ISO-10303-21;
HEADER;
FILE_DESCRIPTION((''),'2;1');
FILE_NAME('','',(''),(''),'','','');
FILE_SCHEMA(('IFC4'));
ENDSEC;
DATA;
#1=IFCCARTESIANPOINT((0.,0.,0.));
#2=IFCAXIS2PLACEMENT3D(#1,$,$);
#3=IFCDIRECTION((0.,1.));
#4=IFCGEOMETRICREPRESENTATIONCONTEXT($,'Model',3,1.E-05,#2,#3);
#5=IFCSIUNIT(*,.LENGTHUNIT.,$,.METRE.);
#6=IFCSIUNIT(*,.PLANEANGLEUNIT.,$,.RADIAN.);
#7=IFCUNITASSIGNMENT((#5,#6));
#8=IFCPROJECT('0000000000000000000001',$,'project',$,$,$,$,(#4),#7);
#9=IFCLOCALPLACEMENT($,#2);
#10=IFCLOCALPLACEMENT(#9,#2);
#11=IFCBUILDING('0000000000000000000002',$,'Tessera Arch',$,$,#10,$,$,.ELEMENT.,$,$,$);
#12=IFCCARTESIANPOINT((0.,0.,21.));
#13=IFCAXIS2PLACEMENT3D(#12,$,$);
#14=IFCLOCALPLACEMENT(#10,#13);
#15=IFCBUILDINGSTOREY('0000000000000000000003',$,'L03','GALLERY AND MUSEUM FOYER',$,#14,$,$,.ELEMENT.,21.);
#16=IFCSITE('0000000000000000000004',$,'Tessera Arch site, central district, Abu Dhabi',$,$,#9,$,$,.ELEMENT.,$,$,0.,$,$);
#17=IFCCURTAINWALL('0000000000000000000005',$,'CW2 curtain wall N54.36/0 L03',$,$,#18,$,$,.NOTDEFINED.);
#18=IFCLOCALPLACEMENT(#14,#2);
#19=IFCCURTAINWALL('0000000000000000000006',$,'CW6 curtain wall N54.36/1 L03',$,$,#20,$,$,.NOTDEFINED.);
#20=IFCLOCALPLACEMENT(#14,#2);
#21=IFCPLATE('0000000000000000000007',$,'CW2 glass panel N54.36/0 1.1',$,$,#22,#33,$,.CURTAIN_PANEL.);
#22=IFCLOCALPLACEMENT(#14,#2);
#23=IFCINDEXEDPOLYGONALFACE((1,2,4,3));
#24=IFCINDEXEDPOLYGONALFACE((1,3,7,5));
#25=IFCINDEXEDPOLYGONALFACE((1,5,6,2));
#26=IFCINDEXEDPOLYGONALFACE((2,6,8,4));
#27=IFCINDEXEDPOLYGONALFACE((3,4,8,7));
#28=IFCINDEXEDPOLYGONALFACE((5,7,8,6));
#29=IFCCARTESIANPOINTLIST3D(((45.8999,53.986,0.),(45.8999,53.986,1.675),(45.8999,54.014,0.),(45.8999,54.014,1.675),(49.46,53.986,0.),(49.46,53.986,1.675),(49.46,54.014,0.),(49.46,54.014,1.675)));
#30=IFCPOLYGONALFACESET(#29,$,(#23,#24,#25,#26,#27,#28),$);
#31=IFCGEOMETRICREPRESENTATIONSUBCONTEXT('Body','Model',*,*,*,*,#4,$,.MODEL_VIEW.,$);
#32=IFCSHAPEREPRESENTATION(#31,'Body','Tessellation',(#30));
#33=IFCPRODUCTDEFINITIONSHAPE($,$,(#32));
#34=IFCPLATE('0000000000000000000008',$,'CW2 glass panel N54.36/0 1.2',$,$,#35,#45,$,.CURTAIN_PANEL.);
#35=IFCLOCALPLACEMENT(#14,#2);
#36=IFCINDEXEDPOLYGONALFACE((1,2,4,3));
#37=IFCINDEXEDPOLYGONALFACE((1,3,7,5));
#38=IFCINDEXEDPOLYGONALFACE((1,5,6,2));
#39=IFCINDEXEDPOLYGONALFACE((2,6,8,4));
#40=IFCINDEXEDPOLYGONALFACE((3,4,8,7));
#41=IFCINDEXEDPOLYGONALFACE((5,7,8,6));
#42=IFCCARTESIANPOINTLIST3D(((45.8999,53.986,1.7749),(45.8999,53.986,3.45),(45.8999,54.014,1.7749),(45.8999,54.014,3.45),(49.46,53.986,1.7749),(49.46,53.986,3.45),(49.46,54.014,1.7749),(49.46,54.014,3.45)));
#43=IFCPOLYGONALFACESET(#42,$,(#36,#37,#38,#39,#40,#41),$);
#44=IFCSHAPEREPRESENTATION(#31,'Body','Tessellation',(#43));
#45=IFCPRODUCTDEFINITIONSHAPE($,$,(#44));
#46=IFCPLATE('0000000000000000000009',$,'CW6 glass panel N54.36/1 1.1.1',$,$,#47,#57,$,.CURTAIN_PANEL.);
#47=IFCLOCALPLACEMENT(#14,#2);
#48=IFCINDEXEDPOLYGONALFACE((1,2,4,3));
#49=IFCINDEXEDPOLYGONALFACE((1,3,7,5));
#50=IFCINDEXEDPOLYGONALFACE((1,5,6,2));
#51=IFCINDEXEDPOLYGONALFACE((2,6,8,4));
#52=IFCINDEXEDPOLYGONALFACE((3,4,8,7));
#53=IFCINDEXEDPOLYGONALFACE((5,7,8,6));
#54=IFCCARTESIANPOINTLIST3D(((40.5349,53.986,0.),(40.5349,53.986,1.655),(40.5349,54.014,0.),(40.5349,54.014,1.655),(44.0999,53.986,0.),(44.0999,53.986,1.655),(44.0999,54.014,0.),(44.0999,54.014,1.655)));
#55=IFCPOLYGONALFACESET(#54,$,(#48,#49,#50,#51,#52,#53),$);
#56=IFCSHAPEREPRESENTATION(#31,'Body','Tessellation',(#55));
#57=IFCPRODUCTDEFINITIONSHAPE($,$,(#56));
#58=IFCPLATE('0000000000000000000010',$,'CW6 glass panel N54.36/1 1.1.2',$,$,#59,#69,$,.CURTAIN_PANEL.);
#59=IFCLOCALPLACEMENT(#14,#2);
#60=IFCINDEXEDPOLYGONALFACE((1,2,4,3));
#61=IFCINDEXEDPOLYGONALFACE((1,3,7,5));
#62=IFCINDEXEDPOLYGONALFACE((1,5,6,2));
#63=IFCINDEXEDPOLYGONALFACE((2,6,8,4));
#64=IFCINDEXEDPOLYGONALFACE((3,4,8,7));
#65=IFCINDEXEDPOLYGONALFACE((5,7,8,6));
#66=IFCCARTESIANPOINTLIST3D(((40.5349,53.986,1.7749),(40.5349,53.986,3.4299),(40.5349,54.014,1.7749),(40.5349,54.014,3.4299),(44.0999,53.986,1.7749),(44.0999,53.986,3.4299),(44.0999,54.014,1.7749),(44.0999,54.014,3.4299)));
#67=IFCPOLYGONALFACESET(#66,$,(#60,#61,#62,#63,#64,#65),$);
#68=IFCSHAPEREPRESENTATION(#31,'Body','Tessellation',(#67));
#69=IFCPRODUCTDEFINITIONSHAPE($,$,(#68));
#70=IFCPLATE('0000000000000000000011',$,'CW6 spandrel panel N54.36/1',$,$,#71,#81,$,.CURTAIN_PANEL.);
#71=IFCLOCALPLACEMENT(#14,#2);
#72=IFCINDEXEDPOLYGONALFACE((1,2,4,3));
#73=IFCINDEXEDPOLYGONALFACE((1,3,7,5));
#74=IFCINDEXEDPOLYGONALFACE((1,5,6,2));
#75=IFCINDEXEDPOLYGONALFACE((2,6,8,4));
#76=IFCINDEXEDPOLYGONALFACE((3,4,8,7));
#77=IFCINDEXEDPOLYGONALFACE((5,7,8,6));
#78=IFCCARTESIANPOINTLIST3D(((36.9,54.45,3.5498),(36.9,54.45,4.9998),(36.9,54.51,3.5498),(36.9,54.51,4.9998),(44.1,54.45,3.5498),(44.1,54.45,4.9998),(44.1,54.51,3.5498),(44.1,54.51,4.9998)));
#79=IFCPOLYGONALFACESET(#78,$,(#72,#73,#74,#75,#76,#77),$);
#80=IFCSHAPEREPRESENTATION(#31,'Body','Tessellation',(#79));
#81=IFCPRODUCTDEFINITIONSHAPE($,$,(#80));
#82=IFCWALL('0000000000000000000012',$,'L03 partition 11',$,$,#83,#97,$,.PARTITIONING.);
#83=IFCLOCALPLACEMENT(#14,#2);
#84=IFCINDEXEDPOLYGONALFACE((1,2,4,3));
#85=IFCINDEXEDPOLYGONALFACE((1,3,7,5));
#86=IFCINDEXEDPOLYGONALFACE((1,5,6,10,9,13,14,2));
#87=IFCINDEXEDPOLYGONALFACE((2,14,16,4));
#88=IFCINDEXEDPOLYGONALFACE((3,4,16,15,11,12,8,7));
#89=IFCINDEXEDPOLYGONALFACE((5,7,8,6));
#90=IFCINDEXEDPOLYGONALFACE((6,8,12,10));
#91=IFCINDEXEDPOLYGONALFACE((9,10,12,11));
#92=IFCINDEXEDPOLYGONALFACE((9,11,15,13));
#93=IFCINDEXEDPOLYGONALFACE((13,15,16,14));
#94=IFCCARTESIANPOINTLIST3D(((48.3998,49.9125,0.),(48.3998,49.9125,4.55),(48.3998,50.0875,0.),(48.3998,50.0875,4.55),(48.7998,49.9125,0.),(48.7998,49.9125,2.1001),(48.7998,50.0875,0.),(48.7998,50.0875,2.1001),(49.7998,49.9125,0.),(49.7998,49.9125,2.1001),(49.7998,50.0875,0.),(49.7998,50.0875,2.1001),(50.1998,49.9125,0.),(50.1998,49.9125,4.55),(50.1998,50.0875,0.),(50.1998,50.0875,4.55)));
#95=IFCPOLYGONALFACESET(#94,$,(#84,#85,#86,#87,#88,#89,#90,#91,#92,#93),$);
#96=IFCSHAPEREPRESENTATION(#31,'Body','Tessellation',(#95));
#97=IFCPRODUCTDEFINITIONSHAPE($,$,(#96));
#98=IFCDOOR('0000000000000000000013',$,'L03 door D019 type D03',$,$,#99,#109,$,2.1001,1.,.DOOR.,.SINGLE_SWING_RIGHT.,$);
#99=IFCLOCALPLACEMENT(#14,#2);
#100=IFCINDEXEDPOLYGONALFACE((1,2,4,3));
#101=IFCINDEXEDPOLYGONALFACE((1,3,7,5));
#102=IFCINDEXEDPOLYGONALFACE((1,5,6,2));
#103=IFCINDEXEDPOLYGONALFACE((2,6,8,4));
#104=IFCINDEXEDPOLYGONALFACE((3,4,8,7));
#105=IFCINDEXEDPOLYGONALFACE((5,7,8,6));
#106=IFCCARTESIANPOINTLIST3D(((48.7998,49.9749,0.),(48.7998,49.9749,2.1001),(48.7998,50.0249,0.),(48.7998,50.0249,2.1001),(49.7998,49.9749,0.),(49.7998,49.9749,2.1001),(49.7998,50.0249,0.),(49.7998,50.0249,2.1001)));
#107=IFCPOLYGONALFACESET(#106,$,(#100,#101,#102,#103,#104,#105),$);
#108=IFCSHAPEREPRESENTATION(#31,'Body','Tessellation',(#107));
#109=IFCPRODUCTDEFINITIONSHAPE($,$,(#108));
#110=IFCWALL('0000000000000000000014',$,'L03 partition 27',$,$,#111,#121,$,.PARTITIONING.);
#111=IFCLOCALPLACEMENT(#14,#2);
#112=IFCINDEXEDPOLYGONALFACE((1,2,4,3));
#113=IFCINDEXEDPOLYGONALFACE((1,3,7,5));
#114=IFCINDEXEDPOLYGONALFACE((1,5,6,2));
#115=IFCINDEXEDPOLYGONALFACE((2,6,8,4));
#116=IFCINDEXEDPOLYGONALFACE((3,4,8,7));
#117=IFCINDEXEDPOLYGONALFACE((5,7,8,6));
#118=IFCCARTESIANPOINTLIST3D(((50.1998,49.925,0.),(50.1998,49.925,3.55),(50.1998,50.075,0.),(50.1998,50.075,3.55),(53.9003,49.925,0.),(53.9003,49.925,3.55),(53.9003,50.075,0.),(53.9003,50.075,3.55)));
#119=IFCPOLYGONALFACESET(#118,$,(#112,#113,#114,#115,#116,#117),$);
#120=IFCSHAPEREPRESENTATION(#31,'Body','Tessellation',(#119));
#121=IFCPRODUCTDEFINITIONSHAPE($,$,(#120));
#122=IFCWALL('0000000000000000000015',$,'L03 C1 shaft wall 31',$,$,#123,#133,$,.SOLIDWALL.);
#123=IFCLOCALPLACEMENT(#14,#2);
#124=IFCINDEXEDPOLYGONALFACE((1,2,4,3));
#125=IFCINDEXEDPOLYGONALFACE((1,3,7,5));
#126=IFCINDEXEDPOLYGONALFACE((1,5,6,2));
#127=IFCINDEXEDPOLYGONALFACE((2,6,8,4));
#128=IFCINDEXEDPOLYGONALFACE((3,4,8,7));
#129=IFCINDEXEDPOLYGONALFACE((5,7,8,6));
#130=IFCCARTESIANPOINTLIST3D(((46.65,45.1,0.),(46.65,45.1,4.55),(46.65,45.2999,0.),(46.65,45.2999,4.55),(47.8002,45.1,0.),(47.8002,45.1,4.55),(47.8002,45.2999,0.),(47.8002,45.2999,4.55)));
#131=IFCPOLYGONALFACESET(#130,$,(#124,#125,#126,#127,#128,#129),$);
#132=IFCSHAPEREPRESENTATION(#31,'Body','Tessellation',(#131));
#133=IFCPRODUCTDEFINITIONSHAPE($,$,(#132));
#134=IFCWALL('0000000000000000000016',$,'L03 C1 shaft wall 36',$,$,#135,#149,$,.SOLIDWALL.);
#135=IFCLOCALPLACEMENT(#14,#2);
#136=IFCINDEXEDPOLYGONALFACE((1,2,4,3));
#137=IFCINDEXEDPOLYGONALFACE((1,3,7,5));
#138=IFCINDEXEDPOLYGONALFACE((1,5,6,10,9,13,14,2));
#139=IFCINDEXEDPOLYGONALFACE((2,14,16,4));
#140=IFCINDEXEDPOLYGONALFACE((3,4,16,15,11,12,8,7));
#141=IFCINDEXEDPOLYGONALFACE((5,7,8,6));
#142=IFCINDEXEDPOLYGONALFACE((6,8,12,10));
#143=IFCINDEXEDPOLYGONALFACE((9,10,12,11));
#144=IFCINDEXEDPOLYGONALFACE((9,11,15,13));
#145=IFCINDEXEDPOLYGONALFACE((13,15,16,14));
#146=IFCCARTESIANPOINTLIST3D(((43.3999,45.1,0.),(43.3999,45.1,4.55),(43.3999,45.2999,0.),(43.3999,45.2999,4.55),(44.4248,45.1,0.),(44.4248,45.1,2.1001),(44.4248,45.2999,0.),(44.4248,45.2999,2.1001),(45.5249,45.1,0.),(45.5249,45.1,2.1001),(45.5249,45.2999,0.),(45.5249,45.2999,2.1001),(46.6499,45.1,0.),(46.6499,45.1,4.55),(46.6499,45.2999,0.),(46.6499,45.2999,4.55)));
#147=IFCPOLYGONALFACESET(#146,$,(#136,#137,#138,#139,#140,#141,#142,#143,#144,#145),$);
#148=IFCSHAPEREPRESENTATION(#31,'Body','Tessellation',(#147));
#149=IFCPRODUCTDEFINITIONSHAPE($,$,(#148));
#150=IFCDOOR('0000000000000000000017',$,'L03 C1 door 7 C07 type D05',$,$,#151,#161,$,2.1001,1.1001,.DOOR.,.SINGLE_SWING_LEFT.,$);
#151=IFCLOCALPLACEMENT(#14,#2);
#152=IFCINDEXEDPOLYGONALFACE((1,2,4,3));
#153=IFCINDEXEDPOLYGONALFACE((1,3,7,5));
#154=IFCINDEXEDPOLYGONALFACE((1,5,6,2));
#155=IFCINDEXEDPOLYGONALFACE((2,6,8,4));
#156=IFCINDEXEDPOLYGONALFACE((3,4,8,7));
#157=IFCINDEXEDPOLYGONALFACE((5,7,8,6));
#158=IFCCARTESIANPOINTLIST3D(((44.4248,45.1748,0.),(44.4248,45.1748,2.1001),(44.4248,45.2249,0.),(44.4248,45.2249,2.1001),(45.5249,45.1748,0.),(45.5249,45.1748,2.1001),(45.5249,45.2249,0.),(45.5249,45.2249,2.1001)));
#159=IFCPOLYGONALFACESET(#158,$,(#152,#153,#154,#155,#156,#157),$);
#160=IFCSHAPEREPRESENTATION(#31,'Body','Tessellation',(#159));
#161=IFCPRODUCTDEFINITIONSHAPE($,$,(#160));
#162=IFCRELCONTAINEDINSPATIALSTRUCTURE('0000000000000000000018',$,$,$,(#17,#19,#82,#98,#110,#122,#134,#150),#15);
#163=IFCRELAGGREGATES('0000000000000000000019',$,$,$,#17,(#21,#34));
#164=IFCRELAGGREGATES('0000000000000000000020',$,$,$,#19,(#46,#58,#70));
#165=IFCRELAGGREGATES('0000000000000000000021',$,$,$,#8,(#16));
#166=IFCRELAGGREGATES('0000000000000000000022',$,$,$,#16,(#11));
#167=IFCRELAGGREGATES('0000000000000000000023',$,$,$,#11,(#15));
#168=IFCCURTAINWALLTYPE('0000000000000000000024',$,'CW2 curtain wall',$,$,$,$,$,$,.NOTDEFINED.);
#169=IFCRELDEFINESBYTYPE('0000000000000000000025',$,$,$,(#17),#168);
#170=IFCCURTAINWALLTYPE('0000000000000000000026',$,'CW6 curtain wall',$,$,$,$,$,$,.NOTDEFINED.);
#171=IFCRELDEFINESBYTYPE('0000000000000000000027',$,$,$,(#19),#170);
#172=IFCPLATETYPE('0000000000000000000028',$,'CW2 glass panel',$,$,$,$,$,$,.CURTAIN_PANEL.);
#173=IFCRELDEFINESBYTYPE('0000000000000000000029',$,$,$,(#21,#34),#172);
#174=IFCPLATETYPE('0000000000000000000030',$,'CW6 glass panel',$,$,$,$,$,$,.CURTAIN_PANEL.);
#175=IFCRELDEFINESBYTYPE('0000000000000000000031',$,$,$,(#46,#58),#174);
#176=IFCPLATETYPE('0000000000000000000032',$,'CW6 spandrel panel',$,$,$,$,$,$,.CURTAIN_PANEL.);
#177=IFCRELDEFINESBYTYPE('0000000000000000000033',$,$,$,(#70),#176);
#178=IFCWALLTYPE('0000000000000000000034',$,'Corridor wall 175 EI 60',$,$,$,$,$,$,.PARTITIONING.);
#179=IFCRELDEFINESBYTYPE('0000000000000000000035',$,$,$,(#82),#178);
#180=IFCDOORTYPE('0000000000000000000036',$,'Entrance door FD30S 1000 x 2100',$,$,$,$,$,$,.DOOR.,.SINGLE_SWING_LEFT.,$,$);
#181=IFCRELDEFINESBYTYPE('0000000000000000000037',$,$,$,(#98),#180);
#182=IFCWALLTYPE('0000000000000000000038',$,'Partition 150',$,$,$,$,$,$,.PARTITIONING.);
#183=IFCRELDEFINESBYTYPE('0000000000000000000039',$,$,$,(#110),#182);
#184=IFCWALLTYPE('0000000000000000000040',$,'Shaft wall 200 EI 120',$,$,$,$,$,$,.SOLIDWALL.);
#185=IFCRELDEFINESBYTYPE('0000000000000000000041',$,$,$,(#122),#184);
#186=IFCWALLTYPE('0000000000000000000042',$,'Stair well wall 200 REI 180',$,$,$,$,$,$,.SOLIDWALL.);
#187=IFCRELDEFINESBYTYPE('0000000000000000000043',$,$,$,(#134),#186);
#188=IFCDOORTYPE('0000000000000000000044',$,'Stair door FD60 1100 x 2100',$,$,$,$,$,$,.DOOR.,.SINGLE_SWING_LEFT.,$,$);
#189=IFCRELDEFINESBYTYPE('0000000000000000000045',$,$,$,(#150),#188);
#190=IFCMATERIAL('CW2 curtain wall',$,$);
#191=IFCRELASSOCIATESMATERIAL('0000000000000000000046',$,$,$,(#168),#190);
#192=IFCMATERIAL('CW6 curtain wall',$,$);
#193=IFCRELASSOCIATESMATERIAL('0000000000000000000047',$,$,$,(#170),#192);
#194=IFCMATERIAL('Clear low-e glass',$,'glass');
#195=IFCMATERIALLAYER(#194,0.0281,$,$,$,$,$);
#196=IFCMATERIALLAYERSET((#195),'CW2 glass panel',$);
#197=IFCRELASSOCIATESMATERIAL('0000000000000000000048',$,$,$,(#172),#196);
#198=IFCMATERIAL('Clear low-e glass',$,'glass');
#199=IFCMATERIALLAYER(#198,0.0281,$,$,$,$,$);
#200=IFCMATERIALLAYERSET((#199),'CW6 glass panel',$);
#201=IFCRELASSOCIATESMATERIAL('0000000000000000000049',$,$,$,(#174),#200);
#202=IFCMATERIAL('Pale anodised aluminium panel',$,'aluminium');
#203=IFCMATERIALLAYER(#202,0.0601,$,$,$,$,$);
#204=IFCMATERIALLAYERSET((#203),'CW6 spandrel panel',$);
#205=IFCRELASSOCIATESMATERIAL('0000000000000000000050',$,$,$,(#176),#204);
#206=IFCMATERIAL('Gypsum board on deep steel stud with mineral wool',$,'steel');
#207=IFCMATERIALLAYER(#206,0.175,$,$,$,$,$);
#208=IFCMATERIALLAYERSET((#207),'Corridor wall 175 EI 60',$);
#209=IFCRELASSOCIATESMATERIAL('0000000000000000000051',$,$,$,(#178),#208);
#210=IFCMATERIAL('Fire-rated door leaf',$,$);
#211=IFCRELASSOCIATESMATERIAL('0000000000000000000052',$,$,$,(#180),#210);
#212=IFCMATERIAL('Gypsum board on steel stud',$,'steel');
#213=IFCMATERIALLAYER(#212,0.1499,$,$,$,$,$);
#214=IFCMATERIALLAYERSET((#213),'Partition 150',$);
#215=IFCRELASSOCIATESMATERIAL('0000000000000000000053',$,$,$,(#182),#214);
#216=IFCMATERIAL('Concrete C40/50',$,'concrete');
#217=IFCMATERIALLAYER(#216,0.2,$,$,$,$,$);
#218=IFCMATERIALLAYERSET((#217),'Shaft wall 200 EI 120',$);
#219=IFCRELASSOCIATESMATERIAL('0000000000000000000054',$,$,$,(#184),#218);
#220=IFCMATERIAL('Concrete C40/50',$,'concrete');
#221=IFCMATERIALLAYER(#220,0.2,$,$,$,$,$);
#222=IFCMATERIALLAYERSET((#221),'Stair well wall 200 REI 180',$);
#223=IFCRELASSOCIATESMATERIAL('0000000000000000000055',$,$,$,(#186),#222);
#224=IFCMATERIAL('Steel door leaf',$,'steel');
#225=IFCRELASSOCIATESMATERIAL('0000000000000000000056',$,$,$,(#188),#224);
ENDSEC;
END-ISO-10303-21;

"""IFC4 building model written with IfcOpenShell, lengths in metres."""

from ifc_helpers import new_model, si_unit, direction, frame, frame_2d, origin, origin_2d, place, context, subcontext, project, spatial, rectangle, extrude, material, layer, layer_set, type_object, element, fill, aggregate, save


model = new_model("IFC4")

# Units and contexts
model_context = context("Model", 3, precision=1e-05, world=origin(), true_north=direction((0.0, 1.0)))
body_context = subcontext(model_context, "Body", "Model", "MODEL_VIEW")
ifc_project = project(units=[si_unit("LENGTHUNIT", "METRE"), si_unit("PLANEANGLEUNIT", "RADIAN")], contexts=[model_context])

# Site, building, storey
site_placement = place(None, origin())
site = spatial("IfcSite", under=ifc_project, at=site_placement, Name="Tessera Arch site, central district, Abu Dhabi", CompositionType="ELEMENT", RefElevation=0.0)
building_placement = place(site_placement, origin())
building = spatial("IfcBuilding", under=site, at=building_placement, Name="Tessera Arch", CompositionType="ELEMENT")
storey_placement = place(building_placement, frame((0.0, 0.0, 21.0)))
storey = spatial("IfcBuildingStorey", under=building, at=storey_placement, Name="L03", Description="GALLERY AND MUSEUM FOYER", CompositionType="ELEMENT", Elevation=21.0)

# Curtain wall
ifc_material_1 = material(Name="CW2 curtain wall")
curtain_wall_type_1 = type_object("IfcCurtainWallType", Name="CW2 curtain wall", PredefinedType="NOTDEFINED", material=ifc_material_1)
curtain_wall_1_placement = place(storey_placement, origin())
curtain_wall_1 = element("IfcCurtainWall", 1, at=curtain_wall_1_placement, inside=storey, type_object=curtain_wall_type_1, Name="CW2 curtain wall N54.36/0 L03", PredefinedType="NOTDEFINED")

# Curtain wall
ifc_material_2 = material(Name="CW6 curtain wall")
curtain_wall_type_2 = type_object("IfcCurtainWallType", Name="CW6 curtain wall", PredefinedType="NOTDEFINED", material=ifc_material_2)
curtain_wall_2_placement = place(storey_placement, origin())
curtain_wall_2 = element("IfcCurtainWall", 2, at=curtain_wall_2_placement, inside=storey, type_object=curtain_wall_type_2, Name="CW6 curtain wall N54.36/1 L03", PredefinedType="NOTDEFINED")

# Plates
ifc_material_3 = material(Name="Clear low-e glass", Category="glass")
ifc_layer_1 = layer(ifc_material_3, 0.0281)
ifc_layer_set_1 = layer_set([ifc_layer_1], Name="CW2 glass panel")
plate_type_1 = type_object("IfcPlateType", Name="CW2 glass panel", PredefinedType="CURTAIN_PANEL", material=ifc_layer_set_1)
plate_1_placement = place(storey_placement, frame((47.6799, 54.0, 0.0), z_axis=(0.0, 0.0, 1.0), x_axis=(-1.0, 0.0, 0.0)))
plate_1 = element("IfcPlate", 3, at=plate_1_placement, type_object=plate_type_1, Name="CW2 glass panel N54.36/0 1.1", PredefinedType="CURTAIN_PANEL", context=body_context, shape_type="SweptSolid", body=[
    extrude(rectangle(XDim=3.5601, YDim=0.0281, at=origin_2d()), origin(), (0.0, 0.0, 1.0), 1.675),
])
plate_2_placement = place(storey_placement, frame((47.6799, 54.0, 1.7749), z_axis=(0.0, 0.0, 1.0), x_axis=(-1.0, 0.0, 0.0)))
plate_2 = element("IfcPlate", 4, at=plate_2_placement, type_object=plate_type_1, Name="CW2 glass panel N54.36/0 1.2", PredefinedType="CURTAIN_PANEL", context=body_context, shape_type="SweptSolid", body=[
    extrude(rectangle(XDim=3.5601, YDim=0.0281, at=origin_2d()), origin(), (0.0, 0.0, 1.0), 1.675),
])
aggregate(curtain_wall_1, [plate_1, plate_2])
ifc_material_4 = material(Name="Clear low-e glass", Category="glass")
ifc_layer_2 = layer(ifc_material_4, 0.0281)
ifc_layer_set_2 = layer_set([ifc_layer_2], Name="CW6 glass panel")
plate_type_2 = type_object("IfcPlateType", Name="CW6 glass panel", PredefinedType="CURTAIN_PANEL", material=ifc_layer_set_2)
plate_3_placement = place(storey_placement, frame((42.3174, 54.0, 0.0), z_axis=(0.0, 0.0, 1.0), x_axis=(-1.0, 0.0, 0.0)))
plate_3 = element("IfcPlate", 5, at=plate_3_placement, type_object=plate_type_2, Name="CW6 glass panel N54.36/1 1.1.1", PredefinedType="CURTAIN_PANEL", context=body_context, shape_type="SweptSolid", body=[
    extrude(rectangle(XDim=3.5649, YDim=0.0281, at=origin_2d()), origin(), (0.0, 0.0, 1.0), 1.655),
])
plate_4_placement = place(storey_placement, frame((42.3174, 54.0, 1.7749), z_axis=(0.0, 0.0, 1.0), x_axis=(-1.0, 0.0, 0.0)))
plate_4 = element("IfcPlate", 6, at=plate_4_placement, type_object=plate_type_2, Name="CW6 glass panel N54.36/1 1.1.2", PredefinedType="CURTAIN_PANEL", context=body_context, shape_type="SweptSolid", body=[
    extrude(rectangle(XDim=3.5649, YDim=0.0281, at=origin_2d()), origin(), (0.0, 0.0, 1.0), 1.655),
])
ifc_material_5 = material(Name="Pale anodised aluminium panel", Category="aluminium")
ifc_layer_3 = layer(ifc_material_5, 0.0601)
ifc_layer_set_3 = layer_set([ifc_layer_3], Name="CW6 spandrel panel")
plate_type_3 = type_object("IfcPlateType", Name="CW6 spandrel panel", PredefinedType="CURTAIN_PANEL", material=ifc_layer_set_3)
plate_5_placement = place(storey_placement, frame((40.5, 54.48, 3.5498), z_axis=(0.0, 0.0, 1.0), x_axis=(-1.0, 0.0, 0.0)))
plate_5 = element("IfcPlate", 7, at=plate_5_placement, type_object=plate_type_3, Name="CW6 spandrel panel N54.36/1", PredefinedType="CURTAIN_PANEL", context=body_context, shape_type="SweptSolid", body=[
    extrude(rectangle(XDim=7.2, YDim=0.0601, at=origin_2d()), origin(), (0.0, 0.0, 1.0), 1.45),
])
aggregate(curtain_wall_2, [plate_3, plate_4, plate_5])

# Wall, opening, door
ifc_material_6 = material(Name="Gypsum board on deep steel stud with mineral wool", Category="steel")
ifc_layer_4 = layer(ifc_material_6, 0.175)
ifc_layer_set_4 = layer_set([ifc_layer_4], Name="Corridor wall 175 EI 60")
wall_type_1 = type_object("IfcWallType", Name="Corridor wall 175 EI 60", PredefinedType="PARTITIONING", material=ifc_layer_set_4)
wall_1_placement = place(storey_placement, frame((48.3999, 50.0, 0.0), z_axis=(0.0, 0.0, 1.0), x_axis=(1.0, 0.0, 0.0)))
wall_1 = element("IfcWall", 8, at=wall_1_placement, inside=storey, type_object=wall_type_1, Name="L03 partition 11", PredefinedType="PARTITIONING", context=body_context, shape_type="SweptSolid", body=[
    extrude(rectangle(XDim=1.8, YDim=0.175, at=frame_2d((0.8999, 0.0))), origin(), (0.0, 0.0, 1.0), 4.55),
])
opening_1_placement = place(wall_1_placement, frame((0.3999, 0.0, 0.0)))
opening_1 = element("IfcOpeningElement", 9, at=opening_1_placement, cuts=wall_1, PredefinedType="OPENING", context=body_context, shape_type="SweptSolid", body=[
    extrude(rectangle(XDim=1.0, YDim=2.1001, at=frame_2d((0.5, 1.05))), frame((0.0, 0.0974, 0.0), z_axis=(0.0, -1.0, 0.0), x_axis=(1.0, 0.0, 0.0)), (0.0, 0.0, 1.0), 0.1951),
])
ifc_material_7 = material(Name="Fire-rated door leaf")
door_type_1 = type_object("IfcDoorType", Name="Entrance door FD30S 1000 x 2100", OperationType="SINGLE_SWING_LEFT", PredefinedType="DOOR", material=ifc_material_7)
door_1_placement = place(opening_1_placement, origin())
door_1 = element("IfcDoor", 10, at=door_1_placement, inside=storey, type_object=door_type_1, Name="L03 door D019 type D03", OperationType="SINGLE_SWING_RIGHT", OverallHeight=2.1001, OverallWidth=1.0, PredefinedType="DOOR", context=body_context, shape_type="SweptSolid", body=[
    extrude(rectangle(XDim=1.0, YDim=2.1001, at=frame_2d((0.5, 1.05))), frame((0.0, 0.0249, 0.0), z_axis=(0.0, -1.0, 0.0), x_axis=(1.0, 0.0, 0.0)), (0.0, 0.0, 1.0), 0.05),
])
fill(opening_1, door_1)

# Walls
ifc_material_8 = material(Name="Gypsum board on steel stud", Category="steel")
ifc_layer_5 = layer(ifc_material_8, 0.1499)
ifc_layer_set_5 = layer_set([ifc_layer_5], Name="Partition 150")
wall_type_2 = type_object("IfcWallType", Name="Partition 150", PredefinedType="PARTITIONING", material=ifc_layer_set_5)
wall_2_placement = place(storey_placement, frame((50.2, 50.0, 0.0), z_axis=(0.0, 0.0, 1.0), x_axis=(1.0, 0.0, 0.0)))
element("IfcWall", 11, at=wall_2_placement, inside=storey, type_object=wall_type_2, Name="L03 partition 27", PredefinedType="PARTITIONING", context=body_context, shape_type="SweptSolid", body=[
    extrude(rectangle(XDim=3.7004, YDim=0.1499, at=frame_2d((1.8501, 0.0))), origin(), (0.0, 0.0, 1.0), 3.55),
])
ifc_material_9 = material(Name="Concrete C40/50", Category="concrete")
ifc_layer_6 = layer(ifc_material_9, 0.2)
ifc_layer_set_6 = layer_set([ifc_layer_6], Name="Shaft wall 200 EI 120")
wall_type_3 = type_object("IfcWallType", Name="Shaft wall 200 EI 120", PredefinedType="SOLIDWALL", material=ifc_layer_set_6)
wall_3_placement = place(storey_placement, frame((46.6499, 45.2, 0.0), z_axis=(0.0, 0.0, 1.0), x_axis=(1.0, 0.0, 0.0)))
element("IfcWall", 12, at=wall_3_placement, inside=storey, type_object=wall_type_3, Name="L03 C1 shaft wall 31", PredefinedType="SOLIDWALL", context=body_context, shape_type="SweptSolid", body=[
    extrude(rectangle(XDim=1.1501, YDim=0.2, at=frame_2d((0.5752, 0.0))), origin(), (0.0, 0.0, 1.0), 4.55),
])

# Wall, opening, door
ifc_material_10 = material(Name="Concrete C40/50", Category="concrete")
ifc_layer_7 = layer(ifc_material_10, 0.2)
ifc_layer_set_7 = layer_set([ifc_layer_7], Name="Stair well wall 200 REI 180")
wall_type_4 = type_object("IfcWallType", Name="Stair well wall 200 REI 180", PredefinedType="SOLIDWALL", material=ifc_layer_set_7)
wall_4_placement = place(storey_placement, frame((43.3999, 45.2, 0.0), z_axis=(0.0, 0.0, 1.0), x_axis=(1.0, 0.0, 0.0)))
wall_4 = element("IfcWall", 13, at=wall_4_placement, inside=storey, type_object=wall_type_4, Name="L03 C1 shaft wall 36", PredefinedType="SOLIDWALL", context=body_context, shape_type="SweptSolid", body=[
    extrude(rectangle(XDim=3.25, YDim=0.2, at=frame_2d((1.625, 0.0))), origin(), (0.0, 0.0, 1.0), 4.55),
])
opening_2_placement = place(wall_4_placement, frame((1.0249, 0.0, 0.0)))
opening_2 = element("IfcOpeningElement", 14, at=opening_2_placement, cuts=wall_4, PredefinedType="OPENING", context=body_context, shape_type="SweptSolid", body=[
    extrude(rectangle(XDim=1.1001, YDim=2.1001, at=frame_2d((0.55, 1.05))), frame((0.0, 0.1099, 0.0), z_axis=(0.0, -1.0, 0.0), x_axis=(1.0, 0.0, 0.0)), (0.0, 0.0, 1.0), 0.22),
])
ifc_material_11 = material(Name="Steel door leaf", Category="steel")
door_type_2 = type_object("IfcDoorType", Name="Stair door FD60 1100 x 2100", OperationType="SINGLE_SWING_LEFT", PredefinedType="DOOR", material=ifc_material_11)
door_2_placement = place(opening_2_placement, origin())
door_2 = element("IfcDoor", 15, at=door_2_placement, inside=storey, type_object=door_type_2, Name="L03 C1 door 7 C07 type D05", OperationType="SINGLE_SWING_LEFT", OverallHeight=2.1001, OverallWidth=1.1001, PredefinedType="DOOR", context=body_context, shape_type="SweptSolid", body=[
    extrude(rectangle(XDim=1.1001, YDim=2.1001, at=frame_2d((0.55, 1.05))), frame((0.0, 0.0249, 0.0), z_axis=(0.0, -1.0, 0.0), x_axis=(1.0, 0.0, 0.0)), (0.0, 0.0, 1.0), 0.05),
])
fill(opening_2, door_2)

save(model, "model.ifc")
